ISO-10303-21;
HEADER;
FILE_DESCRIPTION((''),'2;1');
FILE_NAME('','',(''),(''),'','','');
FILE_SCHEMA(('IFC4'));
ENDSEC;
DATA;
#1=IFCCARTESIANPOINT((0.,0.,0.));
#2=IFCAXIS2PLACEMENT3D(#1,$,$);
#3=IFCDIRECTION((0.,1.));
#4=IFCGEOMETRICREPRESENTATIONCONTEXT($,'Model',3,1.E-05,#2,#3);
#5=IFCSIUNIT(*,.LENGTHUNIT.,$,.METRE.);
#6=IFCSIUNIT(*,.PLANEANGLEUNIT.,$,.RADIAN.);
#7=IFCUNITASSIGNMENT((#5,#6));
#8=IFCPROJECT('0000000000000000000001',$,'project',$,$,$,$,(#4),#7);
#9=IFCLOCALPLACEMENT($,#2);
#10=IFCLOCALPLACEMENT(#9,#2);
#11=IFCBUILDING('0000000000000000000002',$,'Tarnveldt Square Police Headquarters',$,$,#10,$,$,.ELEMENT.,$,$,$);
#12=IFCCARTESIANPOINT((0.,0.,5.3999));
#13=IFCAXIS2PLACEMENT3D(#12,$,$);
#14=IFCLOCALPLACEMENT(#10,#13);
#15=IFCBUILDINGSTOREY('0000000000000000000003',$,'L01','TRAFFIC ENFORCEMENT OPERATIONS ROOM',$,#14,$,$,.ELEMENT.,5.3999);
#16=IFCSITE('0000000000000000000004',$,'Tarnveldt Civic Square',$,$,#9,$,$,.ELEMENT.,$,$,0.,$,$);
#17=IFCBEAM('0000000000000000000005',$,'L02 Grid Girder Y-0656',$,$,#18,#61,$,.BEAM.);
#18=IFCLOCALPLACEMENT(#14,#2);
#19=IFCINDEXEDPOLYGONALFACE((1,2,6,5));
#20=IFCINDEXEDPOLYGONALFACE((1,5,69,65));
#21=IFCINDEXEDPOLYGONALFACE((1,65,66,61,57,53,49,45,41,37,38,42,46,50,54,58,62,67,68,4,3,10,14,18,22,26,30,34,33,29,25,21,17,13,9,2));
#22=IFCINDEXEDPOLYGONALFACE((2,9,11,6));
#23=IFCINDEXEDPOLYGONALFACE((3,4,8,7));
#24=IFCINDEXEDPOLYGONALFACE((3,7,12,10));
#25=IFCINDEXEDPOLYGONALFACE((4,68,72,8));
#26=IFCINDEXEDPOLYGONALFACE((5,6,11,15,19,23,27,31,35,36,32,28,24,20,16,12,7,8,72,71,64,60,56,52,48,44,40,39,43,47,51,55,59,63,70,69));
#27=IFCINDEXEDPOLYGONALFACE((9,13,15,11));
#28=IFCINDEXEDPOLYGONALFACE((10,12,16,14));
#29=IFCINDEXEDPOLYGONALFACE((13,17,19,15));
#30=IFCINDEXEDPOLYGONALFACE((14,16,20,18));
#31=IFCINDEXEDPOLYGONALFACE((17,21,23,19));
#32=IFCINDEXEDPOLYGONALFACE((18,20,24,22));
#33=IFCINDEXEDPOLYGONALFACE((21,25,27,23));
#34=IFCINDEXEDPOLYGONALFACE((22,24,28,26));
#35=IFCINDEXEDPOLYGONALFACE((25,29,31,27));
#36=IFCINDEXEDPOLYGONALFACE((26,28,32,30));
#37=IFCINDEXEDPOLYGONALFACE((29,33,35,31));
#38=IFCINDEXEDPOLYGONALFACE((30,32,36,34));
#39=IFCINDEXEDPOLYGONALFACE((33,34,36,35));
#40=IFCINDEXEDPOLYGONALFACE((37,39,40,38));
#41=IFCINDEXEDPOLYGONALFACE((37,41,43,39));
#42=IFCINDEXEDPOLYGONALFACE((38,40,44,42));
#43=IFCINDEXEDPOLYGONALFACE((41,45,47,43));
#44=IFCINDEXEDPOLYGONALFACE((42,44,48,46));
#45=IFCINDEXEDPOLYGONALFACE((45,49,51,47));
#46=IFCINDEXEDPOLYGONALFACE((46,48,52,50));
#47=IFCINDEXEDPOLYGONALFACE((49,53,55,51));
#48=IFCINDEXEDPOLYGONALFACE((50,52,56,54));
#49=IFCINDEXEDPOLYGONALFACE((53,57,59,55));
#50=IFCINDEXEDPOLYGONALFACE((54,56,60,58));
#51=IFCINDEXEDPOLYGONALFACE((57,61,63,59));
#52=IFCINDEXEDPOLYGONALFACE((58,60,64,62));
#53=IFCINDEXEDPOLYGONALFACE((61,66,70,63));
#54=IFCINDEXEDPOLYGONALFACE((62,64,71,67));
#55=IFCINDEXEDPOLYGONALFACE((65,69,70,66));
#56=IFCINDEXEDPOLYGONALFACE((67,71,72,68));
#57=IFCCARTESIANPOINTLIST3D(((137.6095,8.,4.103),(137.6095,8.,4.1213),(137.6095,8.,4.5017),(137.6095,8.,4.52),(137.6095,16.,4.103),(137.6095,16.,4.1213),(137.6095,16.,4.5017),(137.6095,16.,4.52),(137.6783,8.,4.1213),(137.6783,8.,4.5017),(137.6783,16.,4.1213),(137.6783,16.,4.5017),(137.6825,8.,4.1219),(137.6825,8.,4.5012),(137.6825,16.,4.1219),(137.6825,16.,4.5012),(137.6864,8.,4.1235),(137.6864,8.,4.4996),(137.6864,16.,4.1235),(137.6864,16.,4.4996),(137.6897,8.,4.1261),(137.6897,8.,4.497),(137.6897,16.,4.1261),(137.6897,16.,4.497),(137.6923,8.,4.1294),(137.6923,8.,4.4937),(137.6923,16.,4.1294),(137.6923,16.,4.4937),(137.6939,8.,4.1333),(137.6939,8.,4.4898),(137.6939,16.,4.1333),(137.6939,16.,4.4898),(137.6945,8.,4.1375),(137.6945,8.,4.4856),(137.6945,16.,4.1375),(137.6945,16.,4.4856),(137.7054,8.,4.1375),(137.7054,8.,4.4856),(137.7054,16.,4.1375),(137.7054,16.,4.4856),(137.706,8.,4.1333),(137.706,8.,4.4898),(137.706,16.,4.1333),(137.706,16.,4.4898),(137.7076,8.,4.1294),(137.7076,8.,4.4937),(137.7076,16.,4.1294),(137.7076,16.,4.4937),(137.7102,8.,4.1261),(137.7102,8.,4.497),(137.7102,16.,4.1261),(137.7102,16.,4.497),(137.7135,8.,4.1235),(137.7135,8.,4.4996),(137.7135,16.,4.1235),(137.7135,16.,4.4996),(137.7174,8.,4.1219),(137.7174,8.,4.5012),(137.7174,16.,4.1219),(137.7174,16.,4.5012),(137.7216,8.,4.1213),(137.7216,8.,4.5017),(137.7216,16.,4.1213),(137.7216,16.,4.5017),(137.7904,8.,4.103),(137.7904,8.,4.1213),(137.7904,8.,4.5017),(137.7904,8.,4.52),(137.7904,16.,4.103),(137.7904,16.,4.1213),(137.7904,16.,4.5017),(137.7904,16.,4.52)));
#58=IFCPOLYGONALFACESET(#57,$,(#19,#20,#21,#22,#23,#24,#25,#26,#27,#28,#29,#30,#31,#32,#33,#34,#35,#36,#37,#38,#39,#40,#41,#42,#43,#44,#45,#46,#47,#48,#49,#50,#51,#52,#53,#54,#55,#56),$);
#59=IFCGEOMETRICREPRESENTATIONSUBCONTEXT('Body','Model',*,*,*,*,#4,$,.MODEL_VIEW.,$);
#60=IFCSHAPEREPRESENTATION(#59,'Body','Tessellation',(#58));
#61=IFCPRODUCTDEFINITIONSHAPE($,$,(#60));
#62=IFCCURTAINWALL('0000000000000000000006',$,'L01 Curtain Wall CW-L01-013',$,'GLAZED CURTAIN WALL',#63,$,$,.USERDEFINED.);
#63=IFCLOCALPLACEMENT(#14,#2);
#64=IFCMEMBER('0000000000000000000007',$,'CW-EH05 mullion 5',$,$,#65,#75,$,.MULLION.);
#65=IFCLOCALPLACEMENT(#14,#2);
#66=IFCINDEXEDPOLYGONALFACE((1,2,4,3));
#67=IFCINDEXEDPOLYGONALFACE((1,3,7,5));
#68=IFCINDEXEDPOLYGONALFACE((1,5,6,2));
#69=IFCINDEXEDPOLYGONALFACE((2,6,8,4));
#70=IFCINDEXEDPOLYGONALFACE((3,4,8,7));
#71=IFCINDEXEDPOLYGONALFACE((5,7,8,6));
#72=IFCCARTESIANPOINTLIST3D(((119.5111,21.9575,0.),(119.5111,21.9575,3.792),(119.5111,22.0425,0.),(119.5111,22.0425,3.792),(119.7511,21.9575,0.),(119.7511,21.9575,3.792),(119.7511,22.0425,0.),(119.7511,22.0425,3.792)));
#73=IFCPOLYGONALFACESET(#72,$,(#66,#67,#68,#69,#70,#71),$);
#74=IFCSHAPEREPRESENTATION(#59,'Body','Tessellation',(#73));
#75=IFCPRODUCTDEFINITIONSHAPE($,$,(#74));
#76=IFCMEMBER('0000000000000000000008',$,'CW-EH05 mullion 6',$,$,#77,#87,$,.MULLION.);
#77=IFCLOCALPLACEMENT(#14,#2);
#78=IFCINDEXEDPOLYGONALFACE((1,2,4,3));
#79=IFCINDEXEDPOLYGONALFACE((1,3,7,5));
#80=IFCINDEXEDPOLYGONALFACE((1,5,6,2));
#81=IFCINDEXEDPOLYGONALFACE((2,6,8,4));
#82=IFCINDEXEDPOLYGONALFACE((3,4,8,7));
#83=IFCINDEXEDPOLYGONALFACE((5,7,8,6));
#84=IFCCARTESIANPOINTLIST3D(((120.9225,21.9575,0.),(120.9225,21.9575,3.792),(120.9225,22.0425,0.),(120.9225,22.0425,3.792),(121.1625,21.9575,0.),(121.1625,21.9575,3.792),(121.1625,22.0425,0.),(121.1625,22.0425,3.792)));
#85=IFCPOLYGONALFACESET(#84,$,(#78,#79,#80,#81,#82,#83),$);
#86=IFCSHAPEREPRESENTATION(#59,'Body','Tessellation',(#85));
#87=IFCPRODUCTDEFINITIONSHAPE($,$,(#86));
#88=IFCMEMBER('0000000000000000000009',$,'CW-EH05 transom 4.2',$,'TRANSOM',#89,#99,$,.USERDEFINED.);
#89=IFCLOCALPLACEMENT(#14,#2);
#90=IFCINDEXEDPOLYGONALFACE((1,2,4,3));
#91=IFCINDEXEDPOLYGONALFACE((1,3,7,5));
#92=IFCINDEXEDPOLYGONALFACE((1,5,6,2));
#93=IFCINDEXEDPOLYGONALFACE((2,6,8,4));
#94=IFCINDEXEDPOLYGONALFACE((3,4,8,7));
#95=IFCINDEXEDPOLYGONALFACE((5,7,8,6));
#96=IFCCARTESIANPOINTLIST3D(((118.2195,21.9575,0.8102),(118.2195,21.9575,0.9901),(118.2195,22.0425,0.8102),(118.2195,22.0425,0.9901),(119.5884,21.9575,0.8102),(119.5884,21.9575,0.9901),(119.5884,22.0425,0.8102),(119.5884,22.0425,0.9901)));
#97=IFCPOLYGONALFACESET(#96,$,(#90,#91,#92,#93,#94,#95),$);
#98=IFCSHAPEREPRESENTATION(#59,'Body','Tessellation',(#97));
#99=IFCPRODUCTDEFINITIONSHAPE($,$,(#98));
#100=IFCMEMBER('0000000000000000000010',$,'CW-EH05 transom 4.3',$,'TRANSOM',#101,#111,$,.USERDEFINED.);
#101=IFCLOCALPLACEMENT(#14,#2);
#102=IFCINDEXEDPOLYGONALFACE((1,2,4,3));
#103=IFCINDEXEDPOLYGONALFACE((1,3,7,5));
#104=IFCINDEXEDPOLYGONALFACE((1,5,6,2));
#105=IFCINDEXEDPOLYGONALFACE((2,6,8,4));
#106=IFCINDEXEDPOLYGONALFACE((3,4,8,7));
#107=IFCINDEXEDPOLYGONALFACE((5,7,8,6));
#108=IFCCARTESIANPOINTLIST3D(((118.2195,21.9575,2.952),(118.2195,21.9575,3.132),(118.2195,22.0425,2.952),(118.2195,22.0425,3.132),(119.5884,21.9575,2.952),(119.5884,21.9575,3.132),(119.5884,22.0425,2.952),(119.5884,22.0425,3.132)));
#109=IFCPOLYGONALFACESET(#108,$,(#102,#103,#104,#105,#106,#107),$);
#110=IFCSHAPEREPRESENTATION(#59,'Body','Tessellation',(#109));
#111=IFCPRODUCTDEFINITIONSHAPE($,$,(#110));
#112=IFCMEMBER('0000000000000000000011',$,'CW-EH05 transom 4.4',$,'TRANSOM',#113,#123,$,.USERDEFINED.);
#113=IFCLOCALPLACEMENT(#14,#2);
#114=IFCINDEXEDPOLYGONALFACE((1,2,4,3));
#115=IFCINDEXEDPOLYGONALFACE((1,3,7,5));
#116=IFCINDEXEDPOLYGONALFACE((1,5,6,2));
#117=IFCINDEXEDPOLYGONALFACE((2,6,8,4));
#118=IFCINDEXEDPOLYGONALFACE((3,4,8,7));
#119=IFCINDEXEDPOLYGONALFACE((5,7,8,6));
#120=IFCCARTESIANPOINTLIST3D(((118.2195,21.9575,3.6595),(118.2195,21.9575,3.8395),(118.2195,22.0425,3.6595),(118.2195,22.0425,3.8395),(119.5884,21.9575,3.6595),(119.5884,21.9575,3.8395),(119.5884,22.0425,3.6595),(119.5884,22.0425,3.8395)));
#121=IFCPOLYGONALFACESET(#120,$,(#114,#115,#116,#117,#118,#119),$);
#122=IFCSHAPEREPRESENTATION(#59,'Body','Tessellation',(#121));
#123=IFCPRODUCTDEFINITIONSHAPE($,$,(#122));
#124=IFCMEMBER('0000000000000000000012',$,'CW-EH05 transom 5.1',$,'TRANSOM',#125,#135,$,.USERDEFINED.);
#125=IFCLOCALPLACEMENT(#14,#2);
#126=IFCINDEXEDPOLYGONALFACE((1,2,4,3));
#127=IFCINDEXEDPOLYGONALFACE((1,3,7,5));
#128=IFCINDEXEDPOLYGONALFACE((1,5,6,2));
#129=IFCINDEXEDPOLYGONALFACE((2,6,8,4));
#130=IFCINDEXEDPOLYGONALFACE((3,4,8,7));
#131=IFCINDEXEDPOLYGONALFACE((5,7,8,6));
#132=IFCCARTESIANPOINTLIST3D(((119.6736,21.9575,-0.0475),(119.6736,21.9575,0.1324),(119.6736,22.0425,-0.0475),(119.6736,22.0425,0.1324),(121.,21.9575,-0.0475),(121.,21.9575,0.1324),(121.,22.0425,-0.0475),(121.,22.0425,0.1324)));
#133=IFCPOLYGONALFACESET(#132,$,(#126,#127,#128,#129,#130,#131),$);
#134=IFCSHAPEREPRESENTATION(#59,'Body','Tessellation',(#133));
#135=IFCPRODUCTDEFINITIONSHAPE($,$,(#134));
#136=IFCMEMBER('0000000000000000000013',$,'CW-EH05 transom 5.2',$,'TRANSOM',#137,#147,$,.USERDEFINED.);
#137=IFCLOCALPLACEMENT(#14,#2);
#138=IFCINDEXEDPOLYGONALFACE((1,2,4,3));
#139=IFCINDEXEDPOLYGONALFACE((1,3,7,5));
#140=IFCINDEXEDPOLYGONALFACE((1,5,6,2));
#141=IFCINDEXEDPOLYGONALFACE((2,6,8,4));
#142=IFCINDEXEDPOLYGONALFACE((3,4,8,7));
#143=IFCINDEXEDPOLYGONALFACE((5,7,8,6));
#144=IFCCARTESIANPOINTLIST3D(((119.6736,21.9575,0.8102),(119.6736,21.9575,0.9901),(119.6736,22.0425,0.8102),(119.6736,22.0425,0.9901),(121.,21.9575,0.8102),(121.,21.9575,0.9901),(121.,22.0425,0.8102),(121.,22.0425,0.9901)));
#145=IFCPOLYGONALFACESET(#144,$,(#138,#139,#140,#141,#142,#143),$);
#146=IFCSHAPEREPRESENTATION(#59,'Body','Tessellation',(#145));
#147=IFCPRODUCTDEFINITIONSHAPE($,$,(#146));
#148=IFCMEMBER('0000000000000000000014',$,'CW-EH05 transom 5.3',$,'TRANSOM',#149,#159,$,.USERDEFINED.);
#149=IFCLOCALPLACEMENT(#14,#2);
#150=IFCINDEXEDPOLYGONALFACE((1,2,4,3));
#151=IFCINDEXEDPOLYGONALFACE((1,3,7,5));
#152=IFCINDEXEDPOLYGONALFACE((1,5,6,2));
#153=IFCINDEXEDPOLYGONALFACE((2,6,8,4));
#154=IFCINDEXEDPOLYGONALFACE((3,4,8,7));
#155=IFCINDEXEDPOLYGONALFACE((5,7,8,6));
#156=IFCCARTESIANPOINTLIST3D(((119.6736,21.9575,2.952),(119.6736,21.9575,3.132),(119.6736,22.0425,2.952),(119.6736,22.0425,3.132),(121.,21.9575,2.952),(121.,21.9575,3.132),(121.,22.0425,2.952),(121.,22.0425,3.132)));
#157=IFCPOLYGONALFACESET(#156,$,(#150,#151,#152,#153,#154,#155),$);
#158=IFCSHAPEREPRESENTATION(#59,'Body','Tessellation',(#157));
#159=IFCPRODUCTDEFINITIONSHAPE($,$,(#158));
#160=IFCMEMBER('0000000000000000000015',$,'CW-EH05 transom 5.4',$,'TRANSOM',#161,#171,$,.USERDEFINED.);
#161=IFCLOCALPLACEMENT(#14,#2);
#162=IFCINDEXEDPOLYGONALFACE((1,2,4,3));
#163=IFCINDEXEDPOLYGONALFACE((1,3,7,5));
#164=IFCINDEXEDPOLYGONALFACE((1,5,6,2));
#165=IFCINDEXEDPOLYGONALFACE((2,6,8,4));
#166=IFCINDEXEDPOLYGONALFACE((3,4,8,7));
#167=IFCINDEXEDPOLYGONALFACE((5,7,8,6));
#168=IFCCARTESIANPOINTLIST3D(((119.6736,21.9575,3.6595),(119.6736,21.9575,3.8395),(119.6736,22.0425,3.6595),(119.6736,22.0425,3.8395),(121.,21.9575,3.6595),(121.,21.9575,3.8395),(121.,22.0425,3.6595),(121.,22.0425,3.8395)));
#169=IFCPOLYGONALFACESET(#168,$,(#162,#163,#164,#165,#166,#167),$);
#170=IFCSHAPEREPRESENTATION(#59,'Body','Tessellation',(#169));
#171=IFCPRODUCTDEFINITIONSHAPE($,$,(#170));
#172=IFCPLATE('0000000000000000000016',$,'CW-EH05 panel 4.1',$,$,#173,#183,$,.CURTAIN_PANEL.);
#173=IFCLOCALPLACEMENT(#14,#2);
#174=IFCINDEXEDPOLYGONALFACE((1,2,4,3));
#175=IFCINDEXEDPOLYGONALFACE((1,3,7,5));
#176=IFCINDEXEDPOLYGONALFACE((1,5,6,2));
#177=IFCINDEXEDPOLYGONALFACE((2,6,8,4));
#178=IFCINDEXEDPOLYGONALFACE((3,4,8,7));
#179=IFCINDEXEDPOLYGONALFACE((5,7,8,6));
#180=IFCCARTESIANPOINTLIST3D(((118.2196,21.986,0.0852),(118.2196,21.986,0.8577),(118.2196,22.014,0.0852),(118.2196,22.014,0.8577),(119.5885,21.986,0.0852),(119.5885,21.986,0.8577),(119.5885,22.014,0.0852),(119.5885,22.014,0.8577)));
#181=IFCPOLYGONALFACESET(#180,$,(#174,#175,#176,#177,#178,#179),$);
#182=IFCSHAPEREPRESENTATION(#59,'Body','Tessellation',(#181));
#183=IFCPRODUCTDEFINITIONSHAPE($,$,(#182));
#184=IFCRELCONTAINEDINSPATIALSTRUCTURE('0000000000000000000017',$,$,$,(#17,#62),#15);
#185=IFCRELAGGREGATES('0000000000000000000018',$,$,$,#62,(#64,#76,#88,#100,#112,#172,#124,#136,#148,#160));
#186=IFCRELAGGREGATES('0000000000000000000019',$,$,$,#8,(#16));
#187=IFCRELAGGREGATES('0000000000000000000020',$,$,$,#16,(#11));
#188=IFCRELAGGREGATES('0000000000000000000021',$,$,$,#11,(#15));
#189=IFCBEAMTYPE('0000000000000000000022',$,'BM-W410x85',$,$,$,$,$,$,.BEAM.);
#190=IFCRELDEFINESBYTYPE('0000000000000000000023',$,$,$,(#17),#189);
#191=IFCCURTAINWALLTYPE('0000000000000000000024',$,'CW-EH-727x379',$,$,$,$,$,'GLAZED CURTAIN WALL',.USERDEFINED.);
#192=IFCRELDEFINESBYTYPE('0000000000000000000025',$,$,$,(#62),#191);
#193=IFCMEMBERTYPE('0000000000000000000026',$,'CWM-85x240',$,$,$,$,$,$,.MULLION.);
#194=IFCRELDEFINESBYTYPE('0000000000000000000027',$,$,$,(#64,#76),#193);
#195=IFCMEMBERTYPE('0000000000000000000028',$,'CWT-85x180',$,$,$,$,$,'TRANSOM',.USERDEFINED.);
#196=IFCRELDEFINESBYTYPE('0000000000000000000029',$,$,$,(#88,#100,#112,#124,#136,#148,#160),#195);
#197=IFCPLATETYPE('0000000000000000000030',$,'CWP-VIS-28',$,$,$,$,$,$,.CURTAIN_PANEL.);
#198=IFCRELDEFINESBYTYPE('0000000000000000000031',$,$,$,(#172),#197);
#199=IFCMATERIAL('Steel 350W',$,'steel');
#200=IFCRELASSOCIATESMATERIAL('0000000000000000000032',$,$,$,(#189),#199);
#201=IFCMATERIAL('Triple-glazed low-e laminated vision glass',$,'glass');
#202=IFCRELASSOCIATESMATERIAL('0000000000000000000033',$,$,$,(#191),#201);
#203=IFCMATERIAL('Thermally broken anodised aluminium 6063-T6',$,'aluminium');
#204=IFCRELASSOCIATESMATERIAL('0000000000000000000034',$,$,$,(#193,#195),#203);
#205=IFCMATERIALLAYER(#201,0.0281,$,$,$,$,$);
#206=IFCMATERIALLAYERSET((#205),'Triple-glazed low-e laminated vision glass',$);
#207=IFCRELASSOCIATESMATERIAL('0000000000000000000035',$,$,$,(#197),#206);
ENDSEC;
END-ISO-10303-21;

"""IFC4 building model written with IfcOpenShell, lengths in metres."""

from ifc_helpers import new_model, si_unit, direction, frame, origin, origin_2d, place, context, subcontext, project, spatial, rectangle, i_section, extrude, material, layer, layer_set, material_profile, profile_set, type_object, element, aggregate, save


model = new_model("IFC4")

# Units and contexts
model_context = context("Model", 3, precision=1e-05, world=origin(), true_north=direction((0.0, 1.0)))
body_context = subcontext(model_context, "Body", "Model", "MODEL_VIEW")
ifc_project = project(units=[si_unit("LENGTHUNIT", "METRE"), si_unit("PLANEANGLEUNIT", "RADIAN")], contexts=[model_context])

# Site, building, storey
site_placement = place(None, origin())
site = spatial("IfcSite", under=ifc_project, at=site_placement, Name="Tarnveldt Civic Square", CompositionType="ELEMENT", RefElevation=0.0)
building_placement = place(site_placement, origin())
building = spatial("IfcBuilding", under=site, at=building_placement, Name="Tarnveldt Square Police Headquarters", CompositionType="ELEMENT")
storey_placement = place(building_placement, frame((0.0, 0.0, 5.3999)))
storey = spatial("IfcBuildingStorey", under=building, at=storey_placement, Name="L01", Description="TRAFFIC ENFORCEMENT OPERATIONS ROOM", CompositionType="ELEMENT", Elevation=5.3999)

# Shared definitions
ifc_material_1 = material(Name="Steel 350W", Category="steel")

# Beam
ifc_material_profile_1 = material_profile(ifc_material_1, i_section(OverallWidth=0.1809, OverallDepth=0.417, WebThickness=0.011, FlangeThickness=0.0183, FilletRadius=0.0161, at=origin_2d()), Name="W410x85")
ifc_profile_set_1 = profile_set([ifc_material_profile_1], Name="Steel 350W")
beam_type_1 = type_object("IfcBeamType", Name="BM-W410x85", PredefinedType="BEAM", material=ifc_profile_set_1)
for number, where, z_axis, x_axis, name in (
    (1, (137.7, 8.0, 4.3115), (0.0, 1.0, 0.0), (-1.0, 0.0, 0.0), "L02 Grid Girder Y-0656"),
):
    element("IfcBeam", number, at=place(storey_placement, frame(where, z_axis=z_axis, x_axis=x_axis)), inside=storey, type_object=beam_type_1, Name=name, PredefinedType="BEAM", context=body_context, shape_type="SweptSolid", body=[
        extrude(i_section(OverallWidth=0.1809, OverallDepth=0.417, WebThickness=0.011, FlangeThickness=0.0183, FilletRadius=0.0161, at=origin_2d()), origin(), (0.0, 0.0, 1.0), 8.0),
    ])

# Curtain wall, members, plate
ifc_material_2 = material(Name="Triple-glazed low-e laminated vision glass", Category="glass")
curtain_wall_type = type_object("IfcCurtainWallType", Name="CW-EH-727x379", ElementType="GLAZED CURTAIN WALL", PredefinedType="USERDEFINED", material=ifc_material_2)
curtain_wall_placement = place(storey_placement, origin())
curtain_wall = element("IfcCurtainWall", 2, at=curtain_wall_placement, inside=storey, type_object=curtain_wall_type, Name="L01 Curtain Wall CW-L01-013", ObjectType="GLAZED CURTAIN WALL", PredefinedType="USERDEFINED")
ifc_material_3 = material(Name="Thermally broken anodised aluminium 6063-T6", Category="aluminium")
ifc_material_profile_2 = material_profile(ifc_material_3, rectangle(XDim=0.085, YDim=0.24, at=origin_2d()), Name="CW-M85x240")
ifc_profile_set_2 = profile_set([ifc_material_profile_2], Name="Thermally broken anodised aluminium 6063-T6")
member_type_1 = type_object("IfcMemberType", Name="CWM-85x240", PredefinedType="MULLION", material=ifc_profile_set_2)
member_1_placement = place(storey_placement, frame((119.6311, 22.0, 0.0), z_axis=(0.0, 0.0, 1.0), x_axis=(0.0, 1.0, 0.0)))
member_1 = element("IfcMember", 3, at=member_1_placement, type_object=member_type_1, Name="CW-EH05 mullion 5", PredefinedType="MULLION", context=body_context, shape_type="SweptSolid", body=[
    extrude(rectangle(XDim=0.085, YDim=0.24, at=origin_2d()), origin(), (0.0, 0.0, 1.0), 3.792),
])
member_2_placement = place(storey_placement, frame((121.0425, 22.0, 0.0), z_axis=(0.0, 0.0, 1.0), x_axis=(0.0, 1.0, 0.0)))
member_2 = element("IfcMember", 4, at=member_2_placement, type_object=member_type_1, Name="CW-EH05 mullion 6", PredefinedType="MULLION", context=body_context, shape_type="SweptSolid", body=[
    extrude(rectangle(XDim=0.085, YDim=0.24, at=origin_2d()), origin(), (0.0, 0.0, 1.0), 3.792),
])
ifc_material_profile_3 = material_profile(ifc_material_3, rectangle(XDim=0.085, YDim=0.1799, at=origin_2d()), Name="CW-T85x180")
ifc_profile_set_3 = profile_set([ifc_material_profile_3], Name="Thermally broken anodised aluminium 6063-T6")
member_type_2 = type_object("IfcMemberType", Name="CWT-85x180", ElementType="TRANSOM", PredefinedType="USERDEFINED", material=ifc_profile_set_3)
member_3_placement = place(storey_placement, frame((118.2195, 22.0, 0.9001), z_axis=(1.0, 0.0, 0.0), x_axis=(0.0, 1.0, 0.0)))
member_3 = element("IfcMember", 5, at=member_3_placement, type_object=member_type_2, Name="CW-EH05 transom 4.2", ObjectType="TRANSOM", PredefinedType="USERDEFINED", context=body_context, shape_type="SweptSolid", body=[
    extrude(rectangle(XDim=0.085, YDim=0.1799, at=origin_2d()), origin(), (0.0, 0.0, 1.0), 1.3689),
])
member_4_placement = place(storey_placement, frame((118.2195, 22.0, 3.042), z_axis=(1.0, 0.0, 0.0), x_axis=(0.0, 1.0, 0.0)))
member_4 = element("IfcMember", 6, at=member_4_placement, type_object=member_type_2, Name="CW-EH05 transom 4.3", ObjectType="TRANSOM", PredefinedType="USERDEFINED", context=body_context, shape_type="SweptSolid", body=[
    extrude(rectangle(XDim=0.085, YDim=0.1799, at=origin_2d()), origin(), (0.0, 0.0, 1.0), 1.3689),
])
member_5_placement = place(storey_placement, frame((118.2195, 22.0, 3.7495), z_axis=(1.0, 0.0, 0.0), x_axis=(0.0, 1.0, 0.0)))
member_5 = element("IfcMember", 7, at=member_5_placement, type_object=member_type_2, Name="CW-EH05 transom 4.4", ObjectType="TRANSOM", PredefinedType="USERDEFINED", context=body_context, shape_type="SweptSolid", body=[
    extrude(rectangle(XDim=0.085, YDim=0.1799, at=origin_2d()), origin(), (0.0, 0.0, 1.0), 1.3689),
])
member_6_placement = place(storey_placement, frame((119.6736, 22.0, 0.0425), z_axis=(1.0, 0.0, 0.0), x_axis=(0.0, 1.0, 0.0)))
member_6 = element("IfcMember", 8, at=member_6_placement, type_object=member_type_2, Name="CW-EH05 transom 5.1", ObjectType="TRANSOM", PredefinedType="USERDEFINED", context=body_context, shape_type="SweptSolid", body=[
    extrude(rectangle(XDim=0.085, YDim=0.1799, at=origin_2d()), origin(), (0.0, 0.0, 1.0), 1.3264),
])
member_7_placement = place(storey_placement, frame((119.6736, 22.0, 0.9001), z_axis=(1.0, 0.0, 0.0), x_axis=(0.0, 1.0, 0.0)))
member_7 = element("IfcMember", 9, at=member_7_placement, type_object=member_type_2, Name="CW-EH05 transom 5.2", ObjectType="TRANSOM", PredefinedType="USERDEFINED", context=body_context, shape_type="SweptSolid", body=[
    extrude(rectangle(XDim=0.085, YDim=0.1799, at=origin_2d()), origin(), (0.0, 0.0, 1.0), 1.3264),
])
member_8_placement = place(storey_placement, frame((119.6736, 22.0, 3.042), z_axis=(1.0, 0.0, 0.0), x_axis=(0.0, 1.0, 0.0)))
member_8 = element("IfcMember", 10, at=member_8_placement, type_object=member_type_2, Name="CW-EH05 transom 5.3", ObjectType="TRANSOM", PredefinedType="USERDEFINED", context=body_context, shape_type="SweptSolid", body=[
    extrude(rectangle(XDim=0.085, YDim=0.1799, at=origin_2d()), origin(), (0.0, 0.0, 1.0), 1.3264),
])
member_9_placement = place(storey_placement, frame((119.6736, 22.0, 3.7495), z_axis=(1.0, 0.0, 0.0), x_axis=(0.0, 1.0, 0.0)))
member_9 = element("IfcMember", 11, at=member_9_placement, type_object=member_type_2, Name="CW-EH05 transom 5.4", ObjectType="TRANSOM", PredefinedType="USERDEFINED", context=body_context, shape_type="SweptSolid", body=[
    extrude(rectangle(XDim=0.085, YDim=0.1799, at=origin_2d()), origin(), (0.0, 0.0, 1.0), 1.3264),
])
ifc_layer_1 = layer(ifc_material_2, 0.0281)
ifc_layer_set_1 = layer_set([ifc_layer_1], Name="Triple-glazed low-e laminated vision glass")
plate_type = type_object("IfcPlateType", Name="CWP-VIS-28", PredefinedType="CURTAIN_PANEL", material=ifc_layer_set_1)
plate_1_placement = place(storey_placement, frame((118.9041, 22.0, 0.0852), z_axis=(0.0, 0.0, 1.0), x_axis=(1.0, 0.0, 0.0)))
plate_1 = element("IfcPlate", 12, at=plate_1_placement, type_object=plate_type, Name="CW-EH05 panel 4.1", PredefinedType="CURTAIN_PANEL", context=body_context, shape_type="SweptSolid", body=[
    extrude(rectangle(XDim=1.3689, YDim=0.0281, at=origin_2d()), origin(), (0.0, 0.0, 1.0), 0.7725),
])
aggregate(curtain_wall, [member_1, member_2, member_3, member_4, member_5, plate_1, member_6, member_7, member_8, member_9])

save(model, "model.ifc")
